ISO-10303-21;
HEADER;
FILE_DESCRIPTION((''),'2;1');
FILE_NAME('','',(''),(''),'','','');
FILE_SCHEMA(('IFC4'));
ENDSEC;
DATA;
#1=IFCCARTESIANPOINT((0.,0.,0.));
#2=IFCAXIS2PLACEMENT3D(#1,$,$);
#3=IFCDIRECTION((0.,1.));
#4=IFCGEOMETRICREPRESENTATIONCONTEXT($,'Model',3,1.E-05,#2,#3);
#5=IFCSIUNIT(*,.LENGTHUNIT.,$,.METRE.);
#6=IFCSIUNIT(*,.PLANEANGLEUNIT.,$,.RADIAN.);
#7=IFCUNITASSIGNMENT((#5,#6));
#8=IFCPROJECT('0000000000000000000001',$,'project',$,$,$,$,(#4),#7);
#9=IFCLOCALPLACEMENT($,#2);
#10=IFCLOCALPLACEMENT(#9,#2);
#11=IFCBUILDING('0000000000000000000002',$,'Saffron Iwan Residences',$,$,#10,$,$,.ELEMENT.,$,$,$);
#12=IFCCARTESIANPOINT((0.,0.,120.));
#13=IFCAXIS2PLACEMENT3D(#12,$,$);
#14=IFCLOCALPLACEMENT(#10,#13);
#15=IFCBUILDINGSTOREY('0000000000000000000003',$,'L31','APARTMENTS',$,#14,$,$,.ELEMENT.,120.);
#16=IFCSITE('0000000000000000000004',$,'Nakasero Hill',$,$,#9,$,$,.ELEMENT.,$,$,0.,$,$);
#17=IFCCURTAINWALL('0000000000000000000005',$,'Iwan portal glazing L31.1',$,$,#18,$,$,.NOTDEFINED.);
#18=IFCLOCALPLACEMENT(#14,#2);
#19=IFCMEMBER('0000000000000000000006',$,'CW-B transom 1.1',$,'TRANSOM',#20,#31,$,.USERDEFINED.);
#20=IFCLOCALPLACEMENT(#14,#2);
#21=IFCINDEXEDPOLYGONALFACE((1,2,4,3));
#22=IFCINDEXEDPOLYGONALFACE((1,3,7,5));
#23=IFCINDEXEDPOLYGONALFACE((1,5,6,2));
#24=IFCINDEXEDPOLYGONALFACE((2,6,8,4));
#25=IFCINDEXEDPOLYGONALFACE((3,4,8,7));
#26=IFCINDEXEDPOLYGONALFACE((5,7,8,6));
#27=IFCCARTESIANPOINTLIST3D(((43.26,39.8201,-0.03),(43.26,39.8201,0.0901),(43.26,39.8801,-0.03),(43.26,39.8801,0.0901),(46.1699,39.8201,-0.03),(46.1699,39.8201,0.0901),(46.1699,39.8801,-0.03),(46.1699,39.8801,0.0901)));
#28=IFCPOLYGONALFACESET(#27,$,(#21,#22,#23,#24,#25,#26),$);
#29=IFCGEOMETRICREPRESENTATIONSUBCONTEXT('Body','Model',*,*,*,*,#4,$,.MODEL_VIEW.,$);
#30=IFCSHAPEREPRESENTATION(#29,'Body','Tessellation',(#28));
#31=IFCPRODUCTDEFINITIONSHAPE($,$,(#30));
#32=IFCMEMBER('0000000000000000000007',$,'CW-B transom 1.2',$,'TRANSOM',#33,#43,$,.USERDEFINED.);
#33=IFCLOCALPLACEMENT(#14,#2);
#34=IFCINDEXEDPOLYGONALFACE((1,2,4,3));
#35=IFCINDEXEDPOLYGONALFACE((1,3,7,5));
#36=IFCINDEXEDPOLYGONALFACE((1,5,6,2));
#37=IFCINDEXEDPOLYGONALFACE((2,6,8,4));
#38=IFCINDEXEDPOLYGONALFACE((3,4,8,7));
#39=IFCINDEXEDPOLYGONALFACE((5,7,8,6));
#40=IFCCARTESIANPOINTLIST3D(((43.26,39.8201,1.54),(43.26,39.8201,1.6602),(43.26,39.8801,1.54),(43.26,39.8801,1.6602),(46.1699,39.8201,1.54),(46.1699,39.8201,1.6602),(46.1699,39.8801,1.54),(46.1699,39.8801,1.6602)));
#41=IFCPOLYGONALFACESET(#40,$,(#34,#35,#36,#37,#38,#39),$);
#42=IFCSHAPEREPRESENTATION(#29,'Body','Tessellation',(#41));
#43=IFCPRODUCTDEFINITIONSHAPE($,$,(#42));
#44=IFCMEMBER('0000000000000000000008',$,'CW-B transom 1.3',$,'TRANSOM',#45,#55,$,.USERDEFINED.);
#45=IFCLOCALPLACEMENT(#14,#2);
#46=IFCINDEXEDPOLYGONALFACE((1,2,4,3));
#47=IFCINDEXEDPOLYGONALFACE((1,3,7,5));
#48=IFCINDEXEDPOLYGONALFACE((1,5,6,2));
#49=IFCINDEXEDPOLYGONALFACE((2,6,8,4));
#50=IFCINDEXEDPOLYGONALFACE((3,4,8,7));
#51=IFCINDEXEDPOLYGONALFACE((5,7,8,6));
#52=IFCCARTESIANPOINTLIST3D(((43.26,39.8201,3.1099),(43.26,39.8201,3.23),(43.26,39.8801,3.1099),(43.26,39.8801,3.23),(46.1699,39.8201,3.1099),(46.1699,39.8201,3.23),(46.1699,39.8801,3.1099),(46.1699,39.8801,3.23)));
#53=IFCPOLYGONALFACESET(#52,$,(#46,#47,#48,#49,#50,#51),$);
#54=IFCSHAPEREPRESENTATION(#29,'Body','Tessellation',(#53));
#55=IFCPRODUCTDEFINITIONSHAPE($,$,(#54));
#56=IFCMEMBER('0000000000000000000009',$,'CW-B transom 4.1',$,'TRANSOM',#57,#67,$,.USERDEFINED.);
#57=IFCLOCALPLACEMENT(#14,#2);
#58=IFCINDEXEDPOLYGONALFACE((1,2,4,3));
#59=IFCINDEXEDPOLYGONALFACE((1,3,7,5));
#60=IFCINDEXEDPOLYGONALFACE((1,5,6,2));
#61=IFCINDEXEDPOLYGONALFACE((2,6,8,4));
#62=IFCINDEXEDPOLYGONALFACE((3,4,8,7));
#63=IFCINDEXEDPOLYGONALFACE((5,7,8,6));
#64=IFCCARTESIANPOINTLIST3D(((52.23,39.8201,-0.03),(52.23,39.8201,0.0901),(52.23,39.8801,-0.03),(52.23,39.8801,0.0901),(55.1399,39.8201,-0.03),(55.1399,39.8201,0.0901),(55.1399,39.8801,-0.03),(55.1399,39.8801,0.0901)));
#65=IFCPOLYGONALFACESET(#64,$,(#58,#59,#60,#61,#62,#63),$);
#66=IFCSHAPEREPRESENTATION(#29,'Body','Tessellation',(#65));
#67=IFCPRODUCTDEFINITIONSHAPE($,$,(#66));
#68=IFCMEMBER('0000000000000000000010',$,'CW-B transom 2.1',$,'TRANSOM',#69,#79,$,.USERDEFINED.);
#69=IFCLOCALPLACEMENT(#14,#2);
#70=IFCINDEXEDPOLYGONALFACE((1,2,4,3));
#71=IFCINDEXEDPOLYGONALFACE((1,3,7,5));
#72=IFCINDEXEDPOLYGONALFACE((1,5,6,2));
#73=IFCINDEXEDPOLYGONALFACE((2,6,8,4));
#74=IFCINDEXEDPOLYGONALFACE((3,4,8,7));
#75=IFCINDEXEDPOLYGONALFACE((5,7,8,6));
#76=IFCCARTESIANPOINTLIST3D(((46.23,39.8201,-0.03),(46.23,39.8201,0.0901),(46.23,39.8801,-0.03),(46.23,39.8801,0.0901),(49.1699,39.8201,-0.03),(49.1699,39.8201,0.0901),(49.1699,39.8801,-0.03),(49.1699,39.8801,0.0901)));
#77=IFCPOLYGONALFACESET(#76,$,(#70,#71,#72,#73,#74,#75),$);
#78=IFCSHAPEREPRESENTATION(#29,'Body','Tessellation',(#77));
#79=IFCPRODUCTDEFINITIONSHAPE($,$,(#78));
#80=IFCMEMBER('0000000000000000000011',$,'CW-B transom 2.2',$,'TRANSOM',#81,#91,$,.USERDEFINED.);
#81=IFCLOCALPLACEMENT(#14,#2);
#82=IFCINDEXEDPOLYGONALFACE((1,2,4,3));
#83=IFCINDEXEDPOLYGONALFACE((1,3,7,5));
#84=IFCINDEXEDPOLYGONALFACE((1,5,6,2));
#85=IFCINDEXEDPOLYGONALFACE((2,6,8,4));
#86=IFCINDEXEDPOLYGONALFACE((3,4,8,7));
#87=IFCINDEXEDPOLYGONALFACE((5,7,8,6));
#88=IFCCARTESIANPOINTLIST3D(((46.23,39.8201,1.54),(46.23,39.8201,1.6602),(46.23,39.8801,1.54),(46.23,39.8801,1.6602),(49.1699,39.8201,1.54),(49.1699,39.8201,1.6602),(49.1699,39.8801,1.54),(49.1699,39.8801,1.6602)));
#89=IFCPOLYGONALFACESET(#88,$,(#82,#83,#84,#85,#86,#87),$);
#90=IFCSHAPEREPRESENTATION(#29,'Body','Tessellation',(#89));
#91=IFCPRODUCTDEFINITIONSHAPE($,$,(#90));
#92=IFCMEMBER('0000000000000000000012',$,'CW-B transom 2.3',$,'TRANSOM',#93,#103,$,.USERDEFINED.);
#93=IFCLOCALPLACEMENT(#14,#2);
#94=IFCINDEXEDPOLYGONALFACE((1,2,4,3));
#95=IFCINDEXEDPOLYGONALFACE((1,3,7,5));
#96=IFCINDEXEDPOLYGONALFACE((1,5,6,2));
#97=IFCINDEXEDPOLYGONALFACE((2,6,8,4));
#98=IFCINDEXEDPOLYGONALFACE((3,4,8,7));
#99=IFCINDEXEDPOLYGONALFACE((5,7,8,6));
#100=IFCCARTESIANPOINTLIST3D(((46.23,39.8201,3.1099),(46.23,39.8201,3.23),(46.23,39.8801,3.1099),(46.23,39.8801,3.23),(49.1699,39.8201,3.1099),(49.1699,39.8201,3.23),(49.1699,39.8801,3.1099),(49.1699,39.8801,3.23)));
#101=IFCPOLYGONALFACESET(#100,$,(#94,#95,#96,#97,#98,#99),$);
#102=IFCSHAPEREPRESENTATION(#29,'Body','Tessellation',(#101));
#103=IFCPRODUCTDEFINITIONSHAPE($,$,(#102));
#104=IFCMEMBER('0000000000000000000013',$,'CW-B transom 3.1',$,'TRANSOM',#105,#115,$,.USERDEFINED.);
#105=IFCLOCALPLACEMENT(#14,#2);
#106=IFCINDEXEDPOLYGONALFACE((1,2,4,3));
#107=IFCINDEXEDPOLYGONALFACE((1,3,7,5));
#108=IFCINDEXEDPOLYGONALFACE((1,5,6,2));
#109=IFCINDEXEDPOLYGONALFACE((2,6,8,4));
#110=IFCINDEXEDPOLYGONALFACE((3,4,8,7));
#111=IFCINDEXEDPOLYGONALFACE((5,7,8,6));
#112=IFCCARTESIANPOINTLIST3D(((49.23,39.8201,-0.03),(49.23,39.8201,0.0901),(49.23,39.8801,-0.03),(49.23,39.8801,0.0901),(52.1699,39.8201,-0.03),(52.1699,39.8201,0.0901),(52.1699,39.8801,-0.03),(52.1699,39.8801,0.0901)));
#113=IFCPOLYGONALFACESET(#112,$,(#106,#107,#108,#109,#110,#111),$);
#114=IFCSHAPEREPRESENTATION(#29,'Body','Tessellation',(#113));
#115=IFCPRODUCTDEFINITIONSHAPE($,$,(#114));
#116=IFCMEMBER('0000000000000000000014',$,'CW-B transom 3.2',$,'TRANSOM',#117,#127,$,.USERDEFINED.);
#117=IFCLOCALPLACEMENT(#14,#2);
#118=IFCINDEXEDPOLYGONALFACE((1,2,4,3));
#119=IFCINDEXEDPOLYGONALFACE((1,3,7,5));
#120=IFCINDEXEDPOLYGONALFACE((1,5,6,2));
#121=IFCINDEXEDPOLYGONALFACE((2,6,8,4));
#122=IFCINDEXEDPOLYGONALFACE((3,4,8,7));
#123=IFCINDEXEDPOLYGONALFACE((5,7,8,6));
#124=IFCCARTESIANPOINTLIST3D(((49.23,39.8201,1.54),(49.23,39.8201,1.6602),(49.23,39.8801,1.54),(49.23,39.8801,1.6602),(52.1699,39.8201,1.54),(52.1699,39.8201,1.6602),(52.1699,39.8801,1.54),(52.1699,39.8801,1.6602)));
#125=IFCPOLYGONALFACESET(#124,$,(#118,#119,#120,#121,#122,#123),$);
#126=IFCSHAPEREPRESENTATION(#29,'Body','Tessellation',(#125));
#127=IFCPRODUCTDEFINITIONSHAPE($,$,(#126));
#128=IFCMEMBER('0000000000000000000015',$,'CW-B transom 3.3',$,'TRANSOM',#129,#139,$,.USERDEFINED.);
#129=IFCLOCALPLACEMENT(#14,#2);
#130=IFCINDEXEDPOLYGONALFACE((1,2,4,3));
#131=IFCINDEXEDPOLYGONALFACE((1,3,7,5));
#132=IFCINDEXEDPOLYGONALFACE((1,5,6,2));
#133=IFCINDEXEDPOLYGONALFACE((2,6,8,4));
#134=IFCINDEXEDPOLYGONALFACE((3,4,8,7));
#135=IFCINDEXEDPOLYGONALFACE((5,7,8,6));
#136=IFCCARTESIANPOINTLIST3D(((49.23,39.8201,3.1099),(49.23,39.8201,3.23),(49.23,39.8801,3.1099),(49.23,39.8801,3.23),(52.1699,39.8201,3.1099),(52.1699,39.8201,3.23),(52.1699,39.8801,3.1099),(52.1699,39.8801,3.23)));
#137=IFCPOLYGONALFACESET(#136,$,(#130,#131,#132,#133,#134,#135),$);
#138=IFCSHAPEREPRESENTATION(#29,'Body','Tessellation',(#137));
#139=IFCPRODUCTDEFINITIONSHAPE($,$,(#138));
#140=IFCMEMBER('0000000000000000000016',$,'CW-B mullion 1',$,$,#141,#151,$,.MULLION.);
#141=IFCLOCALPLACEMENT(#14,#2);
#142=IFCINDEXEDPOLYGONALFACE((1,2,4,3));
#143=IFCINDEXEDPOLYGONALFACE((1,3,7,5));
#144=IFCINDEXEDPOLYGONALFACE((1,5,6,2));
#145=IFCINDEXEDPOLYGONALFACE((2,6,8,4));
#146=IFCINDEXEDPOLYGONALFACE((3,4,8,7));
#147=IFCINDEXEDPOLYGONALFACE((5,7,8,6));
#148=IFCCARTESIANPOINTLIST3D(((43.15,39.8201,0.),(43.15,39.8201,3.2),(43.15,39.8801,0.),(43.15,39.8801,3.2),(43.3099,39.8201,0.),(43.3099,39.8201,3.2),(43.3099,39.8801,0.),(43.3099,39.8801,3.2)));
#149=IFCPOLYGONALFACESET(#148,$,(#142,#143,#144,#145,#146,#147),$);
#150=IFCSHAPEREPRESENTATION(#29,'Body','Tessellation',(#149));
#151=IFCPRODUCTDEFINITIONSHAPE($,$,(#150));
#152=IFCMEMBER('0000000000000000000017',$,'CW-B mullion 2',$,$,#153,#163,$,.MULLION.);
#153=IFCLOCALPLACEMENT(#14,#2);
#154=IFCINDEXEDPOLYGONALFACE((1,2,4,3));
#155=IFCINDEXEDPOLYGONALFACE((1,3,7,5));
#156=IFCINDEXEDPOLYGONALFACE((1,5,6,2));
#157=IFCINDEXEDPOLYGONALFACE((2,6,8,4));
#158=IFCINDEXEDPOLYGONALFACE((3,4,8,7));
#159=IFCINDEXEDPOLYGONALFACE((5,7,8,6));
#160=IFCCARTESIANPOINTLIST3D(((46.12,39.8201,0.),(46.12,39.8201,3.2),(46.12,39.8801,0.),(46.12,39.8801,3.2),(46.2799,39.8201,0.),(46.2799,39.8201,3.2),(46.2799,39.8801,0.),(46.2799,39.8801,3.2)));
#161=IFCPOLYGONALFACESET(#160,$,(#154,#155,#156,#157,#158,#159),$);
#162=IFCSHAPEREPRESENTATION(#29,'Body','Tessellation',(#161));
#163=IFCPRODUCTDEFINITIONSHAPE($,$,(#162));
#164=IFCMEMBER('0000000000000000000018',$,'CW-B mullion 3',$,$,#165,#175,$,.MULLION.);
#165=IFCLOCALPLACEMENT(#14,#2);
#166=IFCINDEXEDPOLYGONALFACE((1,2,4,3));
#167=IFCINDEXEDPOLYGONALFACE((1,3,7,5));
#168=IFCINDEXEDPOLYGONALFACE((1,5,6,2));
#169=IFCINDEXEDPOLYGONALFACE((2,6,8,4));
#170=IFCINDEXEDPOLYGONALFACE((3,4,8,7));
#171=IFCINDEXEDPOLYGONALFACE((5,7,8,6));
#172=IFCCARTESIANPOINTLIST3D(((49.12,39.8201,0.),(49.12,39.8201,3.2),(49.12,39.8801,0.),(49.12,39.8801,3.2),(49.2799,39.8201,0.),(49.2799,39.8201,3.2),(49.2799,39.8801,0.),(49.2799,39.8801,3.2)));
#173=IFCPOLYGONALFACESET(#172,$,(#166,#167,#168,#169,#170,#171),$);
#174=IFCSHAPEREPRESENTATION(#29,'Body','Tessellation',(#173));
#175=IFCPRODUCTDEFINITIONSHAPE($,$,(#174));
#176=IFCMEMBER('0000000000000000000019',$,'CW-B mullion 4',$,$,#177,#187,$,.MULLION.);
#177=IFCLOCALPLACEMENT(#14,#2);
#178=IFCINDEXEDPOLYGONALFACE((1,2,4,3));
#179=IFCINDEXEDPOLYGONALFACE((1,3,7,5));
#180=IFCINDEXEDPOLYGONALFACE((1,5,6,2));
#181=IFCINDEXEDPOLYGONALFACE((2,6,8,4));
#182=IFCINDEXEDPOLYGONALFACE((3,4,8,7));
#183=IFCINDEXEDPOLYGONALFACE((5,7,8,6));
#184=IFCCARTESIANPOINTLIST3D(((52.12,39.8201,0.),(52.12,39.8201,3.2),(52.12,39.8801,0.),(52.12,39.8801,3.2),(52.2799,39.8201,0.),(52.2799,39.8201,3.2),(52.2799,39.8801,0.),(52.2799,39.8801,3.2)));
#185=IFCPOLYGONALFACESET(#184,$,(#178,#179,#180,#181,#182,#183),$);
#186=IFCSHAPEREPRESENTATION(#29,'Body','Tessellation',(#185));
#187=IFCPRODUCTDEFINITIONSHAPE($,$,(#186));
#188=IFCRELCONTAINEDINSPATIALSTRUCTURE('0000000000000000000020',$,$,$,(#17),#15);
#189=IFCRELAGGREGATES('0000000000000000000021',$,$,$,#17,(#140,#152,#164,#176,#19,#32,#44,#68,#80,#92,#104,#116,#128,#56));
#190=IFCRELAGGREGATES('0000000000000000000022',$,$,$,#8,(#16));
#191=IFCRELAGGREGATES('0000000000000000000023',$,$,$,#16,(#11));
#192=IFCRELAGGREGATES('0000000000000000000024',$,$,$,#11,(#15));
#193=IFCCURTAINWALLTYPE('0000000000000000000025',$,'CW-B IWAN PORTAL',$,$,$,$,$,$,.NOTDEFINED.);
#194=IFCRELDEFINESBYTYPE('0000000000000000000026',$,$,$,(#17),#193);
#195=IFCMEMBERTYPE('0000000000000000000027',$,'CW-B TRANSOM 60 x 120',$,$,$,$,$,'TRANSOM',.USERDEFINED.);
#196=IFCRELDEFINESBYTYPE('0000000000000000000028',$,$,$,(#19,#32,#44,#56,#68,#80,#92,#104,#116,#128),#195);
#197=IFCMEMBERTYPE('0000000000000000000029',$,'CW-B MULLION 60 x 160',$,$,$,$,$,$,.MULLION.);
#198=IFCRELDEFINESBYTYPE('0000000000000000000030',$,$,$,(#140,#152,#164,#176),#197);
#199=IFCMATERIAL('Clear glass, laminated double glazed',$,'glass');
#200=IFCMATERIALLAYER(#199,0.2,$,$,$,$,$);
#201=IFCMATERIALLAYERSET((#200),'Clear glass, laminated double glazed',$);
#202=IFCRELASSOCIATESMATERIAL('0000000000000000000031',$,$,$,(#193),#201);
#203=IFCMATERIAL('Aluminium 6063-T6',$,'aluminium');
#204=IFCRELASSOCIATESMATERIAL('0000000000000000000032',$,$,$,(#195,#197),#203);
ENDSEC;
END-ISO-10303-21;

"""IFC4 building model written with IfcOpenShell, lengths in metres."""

from ifc_helpers import new_model, si_unit, direction, frame, origin, origin_2d, place, context, subcontext, project, spatial, rectangle, extrude, source, transform, mapped, material, layer, layer_set, material_profile, profile_set, type_object, element, aggregate, save


model = new_model("IFC4")

# Units and contexts
model_context = context("Model", 3, precision=1e-05, world=origin(), true_north=direction((0.0, 1.0)))
body_context = subcontext(model_context, "Body", "Model", "MODEL_VIEW")
ifc_project = project(units=[si_unit("LENGTHUNIT", "METRE"), si_unit("PLANEANGLEUNIT", "RADIAN")], contexts=[model_context])

# Site, building, storey
site_placement = place(None, origin())
site = spatial("IfcSite", under=ifc_project, at=site_placement, Name="Nakasero Hill", CompositionType="ELEMENT", RefElevation=0.0)
building_placement = place(site_placement, origin())
building = spatial("IfcBuilding", under=site, at=building_placement, Name="Saffron Iwan Residences", CompositionType="ELEMENT")
storey_placement = place(building_placement, frame((0.0, 0.0, 120.0)))
storey = spatial("IfcBuildingStorey", under=building, at=storey_placement, Name="L31", Description="APARTMENTS", CompositionType="ELEMENT", Elevation=120.0)

# Curtain wall, members
ifc_material_1 = material(Name="Clear glass, laminated double glazed", Category="glass")
ifc_layer_1 = layer(ifc_material_1, 0.2)
ifc_layer_set_1 = layer_set([ifc_layer_1], Name="Clear glass, laminated double glazed")
curtain_wall_type = type_object("IfcCurtainWallType", Name="CW-B IWAN PORTAL", PredefinedType="NOTDEFINED", material=ifc_layer_set_1)
curtain_wall_placement = place(storey_placement, origin())
curtain_wall = element("IfcCurtainWall", 1, at=curtain_wall_placement, inside=storey, type_object=curtain_wall_type, Name="Iwan portal glazing L31.1", PredefinedType="NOTDEFINED")
ifc_material_2 = material(Name="Aluminium 6063-T6", Category="aluminium")
ifc_material_profile_1 = material_profile(ifc_material_2, rectangle(XDim=0.0601, YDim=0.1201, at=origin_2d()), Name="CW-B TRANSOM 60 x 120")
ifc_profile_set_1 = profile_set([ifc_material_profile_1], Name="Aluminium 6063-T6")
member_type_1 = type_object("IfcMemberType", Name="CW-B TRANSOM 60 x 120", ElementType="TRANSOM", PredefinedType="USERDEFINED", material=ifc_profile_set_1)
shared_shape_1 = source(origin(), body_context, "Body", "SweptSolid", [
    extrude(rectangle(XDim=0.0601, YDim=0.1201, at=origin_2d()), origin(), (0.0, 0.0, 1.0), 2.9099),
])
member_1_placement = place(storey_placement, frame((43.26, 39.8501, 0.03), z_axis=(1.0, 0.0, 0.0), x_axis=(0.0, 1.0, 0.0)))
member_1 = element("IfcMember", 2, at=member_1_placement, type_object=member_type_1, Name="CW-B transom 1.1", ObjectType="TRANSOM", PredefinedType="USERDEFINED", context=body_context, shape_type="MappedRepresentation", body=[
    mapped(shared_shape_1, transform((0.0, 0.0, 0.0))),
])
member_2_placement = place(storey_placement, frame((43.26, 39.8501, 1.6001), z_axis=(1.0, 0.0, 0.0), x_axis=(0.0, 1.0, 0.0)))
member_2 = element("IfcMember", 3, at=member_2_placement, type_object=member_type_1, Name="CW-B transom 1.2", ObjectType="TRANSOM", PredefinedType="USERDEFINED", context=body_context, shape_type="MappedRepresentation", body=[
    mapped(shared_shape_1, transform((0.0, 0.0, 0.0))),
])
member_3_placement = place(storey_placement, frame((43.26, 39.8501, 3.1699), z_axis=(1.0, 0.0, 0.0), x_axis=(0.0, 1.0, 0.0)))
member_3 = element("IfcMember", 4, at=member_3_placement, type_object=member_type_1, Name="CW-B transom 1.3", ObjectType="TRANSOM", PredefinedType="USERDEFINED", context=body_context, shape_type="MappedRepresentation", body=[
    mapped(shared_shape_1, transform((0.0, 0.0, 0.0))),
])
member_4_placement = place(storey_placement, frame((52.23, 39.8501, 0.03), z_axis=(1.0, 0.0, 0.0), x_axis=(0.0, 1.0, 0.0)))
member_4 = element("IfcMember", 5, at=member_4_placement, type_object=member_type_1, Name="CW-B transom 4.1", ObjectType="TRANSOM", PredefinedType="USERDEFINED", context=body_context, shape_type="MappedRepresentation", body=[
    mapped(shared_shape_1, transform((0.0, 0.0, 0.0))),
])
shared_shape_2 = source(origin(), body_context, "Body", "SweptSolid", [
    extrude(rectangle(XDim=0.0601, YDim=0.1201, at=origin_2d()), origin(), (0.0, 0.0, 1.0), 2.9399),
])
member_5_placement = place(storey_placement, frame((46.23, 39.8501, 0.03), z_axis=(1.0, 0.0, 0.0), x_axis=(0.0, 1.0, 0.0)))
member_5 = element("IfcMember", 6, at=member_5_placement, type_object=member_type_1, Name="CW-B transom 2.1", ObjectType="TRANSOM", PredefinedType="USERDEFINED", context=body_context, shape_type="MappedRepresentation", body=[
    mapped(shared_shape_2, transform((0.0, 0.0, 0.0))),
])
member_6_placement = place(storey_placement, frame((46.23, 39.8501, 1.6001), z_axis=(1.0, 0.0, 0.0), x_axis=(0.0, 1.0, 0.0)))
member_6 = element("IfcMember", 7, at=member_6_placement, type_object=member_type_1, Name="CW-B transom 2.2", ObjectType="TRANSOM", PredefinedType="USERDEFINED", context=body_context, shape_type="MappedRepresentation", body=[
    mapped(shared_shape_2, transform((0.0, 0.0, 0.0))),
])
member_7_placement = place(storey_placement, frame((46.23, 39.8501, 3.1699), z_axis=(1.0, 0.0, 0.0), x_axis=(0.0, 1.0, 0.0)))
member_7 = element("IfcMember", 8, at=member_7_placement, type_object=member_type_1, Name="CW-B transom 2.3", ObjectType="TRANSOM", PredefinedType="USERDEFINED", context=body_context, shape_type="MappedRepresentation", body=[
    mapped(shared_shape_2, transform((0.0, 0.0, 0.0))),
])
member_8_placement = place(storey_placement, frame((49.23, 39.8501, 0.03), z_axis=(1.0, 0.0, 0.0), x_axis=(0.0, 1.0, 0.0)))
member_8 = element("IfcMember", 9, at=member_8_placement, type_object=member_type_1, Name="CW-B transom 3.1", ObjectType="TRANSOM", PredefinedType="USERDEFINED", context=body_context, shape_type="MappedRepresentation", body=[
    mapped(shared_shape_2, transform((0.0, 0.0, 0.0))),
])
member_9_placement = place(storey_placement, frame((49.23, 39.8501, 1.6001), z_axis=(1.0, 0.0, 0.0), x_axis=(0.0, 1.0, 0.0)))
member_9 = element("IfcMember", 10, at=member_9_placement, type_object=member_type_1, Name="CW-B transom 3.2", ObjectType="TRANSOM", PredefinedType="USERDEFINED", context=body_context, shape_type="MappedRepresentation", body=[
    mapped(shared_shape_2, transform((0.0, 0.0, 0.0))),
])
member_10_placement = place(storey_placement, frame((49.23, 39.8501, 3.1699), z_axis=(1.0, 0.0, 0.0), x_axis=(0.0, 1.0, 0.0)))
member_10 = element("IfcMember", 11, at=member_10_placement, type_object=member_type_1, Name="CW-B transom 3.3", ObjectType="TRANSOM", PredefinedType="USERDEFINED", context=body_context, shape_type="MappedRepresentation", body=[
    mapped(shared_shape_2, transform((0.0, 0.0, 0.0))),
])
ifc_material_profile_2 = material_profile(ifc_material_2, rectangle(XDim=0.0601, YDim=0.1599, at=origin_2d()), Name="CW-B MULLION 60 x 160")
ifc_profile_set_2 = profile_set([ifc_material_profile_2], Name="Aluminium 6063-T6")
member_type_2 = type_object("IfcMemberType", Name="CW-B MULLION 60 x 160", PredefinedType="MULLION", material=ifc_profile_set_2)
shared_shape_3 = source(origin(), body_context, "Body", "SweptSolid", [
    extrude(rectangle(XDim=0.0601, YDim=0.1599, at=origin_2d()), origin(), (0.0, 0.0, 1.0), 3.2),
])
member_11_placement = place(storey_placement, frame((43.23, 39.8501, 0.0), z_axis=(0.0, 0.0, 1.0), x_axis=(0.0, 1.0, 0.0)))
member_11 = element("IfcMember", 12, at=member_11_placement, type_object=member_type_2, Name="CW-B mullion 1", PredefinedType="MULLION", context=body_context, shape_type="MappedRepresentation", body=[
    mapped(shared_shape_3, transform((0.0, 0.0, 0.0))),
])
member_12_placement = place(storey_placement, frame((46.2, 39.8501, 0.0), z_axis=(0.0, 0.0, 1.0), x_axis=(0.0, 1.0, 0.0)))
member_12 = element("IfcMember", 13, at=member_12_placement, type_object=member_type_2, Name="CW-B mullion 2", PredefinedType="MULLION", context=body_context, shape_type="MappedRepresentation", body=[
    mapped(shared_shape_3, transform((0.0, 0.0, 0.0))),
])
member_13_placement = place(storey_placement, frame((49.2, 39.8501, 0.0), z_axis=(0.0, 0.0, 1.0), x_axis=(0.0, 1.0, 0.0)))
member_13 = element("IfcMember", 14, at=member_13_placement, type_object=member_type_2, Name="CW-B mullion 3", PredefinedType="MULLION", context=body_context, shape_type="MappedRepresentation", body=[
    mapped(shared_shape_3, transform((0.0, 0.0, 0.0))),
])
member_14_placement = place(storey_placement, frame((52.2, 39.8501, 0.0), z_axis=(0.0, 0.0, 1.0), x_axis=(0.0, 1.0, 0.0)))
member_14 = element("IfcMember", 15, at=member_14_placement, type_object=member_type_2, Name="CW-B mullion 4", PredefinedType="MULLION", context=body_context, shape_type="MappedRepresentation", body=[
    mapped(shared_shape_3, transform((0.0, 0.0, 0.0))),
])
aggregate(curtain_wall, [member_11, member_12, member_13, member_14, member_1, member_2, member_3, member_5, member_6, member_7, member_8, member_9, member_10, member_4])

save(model, "model.ifc")
